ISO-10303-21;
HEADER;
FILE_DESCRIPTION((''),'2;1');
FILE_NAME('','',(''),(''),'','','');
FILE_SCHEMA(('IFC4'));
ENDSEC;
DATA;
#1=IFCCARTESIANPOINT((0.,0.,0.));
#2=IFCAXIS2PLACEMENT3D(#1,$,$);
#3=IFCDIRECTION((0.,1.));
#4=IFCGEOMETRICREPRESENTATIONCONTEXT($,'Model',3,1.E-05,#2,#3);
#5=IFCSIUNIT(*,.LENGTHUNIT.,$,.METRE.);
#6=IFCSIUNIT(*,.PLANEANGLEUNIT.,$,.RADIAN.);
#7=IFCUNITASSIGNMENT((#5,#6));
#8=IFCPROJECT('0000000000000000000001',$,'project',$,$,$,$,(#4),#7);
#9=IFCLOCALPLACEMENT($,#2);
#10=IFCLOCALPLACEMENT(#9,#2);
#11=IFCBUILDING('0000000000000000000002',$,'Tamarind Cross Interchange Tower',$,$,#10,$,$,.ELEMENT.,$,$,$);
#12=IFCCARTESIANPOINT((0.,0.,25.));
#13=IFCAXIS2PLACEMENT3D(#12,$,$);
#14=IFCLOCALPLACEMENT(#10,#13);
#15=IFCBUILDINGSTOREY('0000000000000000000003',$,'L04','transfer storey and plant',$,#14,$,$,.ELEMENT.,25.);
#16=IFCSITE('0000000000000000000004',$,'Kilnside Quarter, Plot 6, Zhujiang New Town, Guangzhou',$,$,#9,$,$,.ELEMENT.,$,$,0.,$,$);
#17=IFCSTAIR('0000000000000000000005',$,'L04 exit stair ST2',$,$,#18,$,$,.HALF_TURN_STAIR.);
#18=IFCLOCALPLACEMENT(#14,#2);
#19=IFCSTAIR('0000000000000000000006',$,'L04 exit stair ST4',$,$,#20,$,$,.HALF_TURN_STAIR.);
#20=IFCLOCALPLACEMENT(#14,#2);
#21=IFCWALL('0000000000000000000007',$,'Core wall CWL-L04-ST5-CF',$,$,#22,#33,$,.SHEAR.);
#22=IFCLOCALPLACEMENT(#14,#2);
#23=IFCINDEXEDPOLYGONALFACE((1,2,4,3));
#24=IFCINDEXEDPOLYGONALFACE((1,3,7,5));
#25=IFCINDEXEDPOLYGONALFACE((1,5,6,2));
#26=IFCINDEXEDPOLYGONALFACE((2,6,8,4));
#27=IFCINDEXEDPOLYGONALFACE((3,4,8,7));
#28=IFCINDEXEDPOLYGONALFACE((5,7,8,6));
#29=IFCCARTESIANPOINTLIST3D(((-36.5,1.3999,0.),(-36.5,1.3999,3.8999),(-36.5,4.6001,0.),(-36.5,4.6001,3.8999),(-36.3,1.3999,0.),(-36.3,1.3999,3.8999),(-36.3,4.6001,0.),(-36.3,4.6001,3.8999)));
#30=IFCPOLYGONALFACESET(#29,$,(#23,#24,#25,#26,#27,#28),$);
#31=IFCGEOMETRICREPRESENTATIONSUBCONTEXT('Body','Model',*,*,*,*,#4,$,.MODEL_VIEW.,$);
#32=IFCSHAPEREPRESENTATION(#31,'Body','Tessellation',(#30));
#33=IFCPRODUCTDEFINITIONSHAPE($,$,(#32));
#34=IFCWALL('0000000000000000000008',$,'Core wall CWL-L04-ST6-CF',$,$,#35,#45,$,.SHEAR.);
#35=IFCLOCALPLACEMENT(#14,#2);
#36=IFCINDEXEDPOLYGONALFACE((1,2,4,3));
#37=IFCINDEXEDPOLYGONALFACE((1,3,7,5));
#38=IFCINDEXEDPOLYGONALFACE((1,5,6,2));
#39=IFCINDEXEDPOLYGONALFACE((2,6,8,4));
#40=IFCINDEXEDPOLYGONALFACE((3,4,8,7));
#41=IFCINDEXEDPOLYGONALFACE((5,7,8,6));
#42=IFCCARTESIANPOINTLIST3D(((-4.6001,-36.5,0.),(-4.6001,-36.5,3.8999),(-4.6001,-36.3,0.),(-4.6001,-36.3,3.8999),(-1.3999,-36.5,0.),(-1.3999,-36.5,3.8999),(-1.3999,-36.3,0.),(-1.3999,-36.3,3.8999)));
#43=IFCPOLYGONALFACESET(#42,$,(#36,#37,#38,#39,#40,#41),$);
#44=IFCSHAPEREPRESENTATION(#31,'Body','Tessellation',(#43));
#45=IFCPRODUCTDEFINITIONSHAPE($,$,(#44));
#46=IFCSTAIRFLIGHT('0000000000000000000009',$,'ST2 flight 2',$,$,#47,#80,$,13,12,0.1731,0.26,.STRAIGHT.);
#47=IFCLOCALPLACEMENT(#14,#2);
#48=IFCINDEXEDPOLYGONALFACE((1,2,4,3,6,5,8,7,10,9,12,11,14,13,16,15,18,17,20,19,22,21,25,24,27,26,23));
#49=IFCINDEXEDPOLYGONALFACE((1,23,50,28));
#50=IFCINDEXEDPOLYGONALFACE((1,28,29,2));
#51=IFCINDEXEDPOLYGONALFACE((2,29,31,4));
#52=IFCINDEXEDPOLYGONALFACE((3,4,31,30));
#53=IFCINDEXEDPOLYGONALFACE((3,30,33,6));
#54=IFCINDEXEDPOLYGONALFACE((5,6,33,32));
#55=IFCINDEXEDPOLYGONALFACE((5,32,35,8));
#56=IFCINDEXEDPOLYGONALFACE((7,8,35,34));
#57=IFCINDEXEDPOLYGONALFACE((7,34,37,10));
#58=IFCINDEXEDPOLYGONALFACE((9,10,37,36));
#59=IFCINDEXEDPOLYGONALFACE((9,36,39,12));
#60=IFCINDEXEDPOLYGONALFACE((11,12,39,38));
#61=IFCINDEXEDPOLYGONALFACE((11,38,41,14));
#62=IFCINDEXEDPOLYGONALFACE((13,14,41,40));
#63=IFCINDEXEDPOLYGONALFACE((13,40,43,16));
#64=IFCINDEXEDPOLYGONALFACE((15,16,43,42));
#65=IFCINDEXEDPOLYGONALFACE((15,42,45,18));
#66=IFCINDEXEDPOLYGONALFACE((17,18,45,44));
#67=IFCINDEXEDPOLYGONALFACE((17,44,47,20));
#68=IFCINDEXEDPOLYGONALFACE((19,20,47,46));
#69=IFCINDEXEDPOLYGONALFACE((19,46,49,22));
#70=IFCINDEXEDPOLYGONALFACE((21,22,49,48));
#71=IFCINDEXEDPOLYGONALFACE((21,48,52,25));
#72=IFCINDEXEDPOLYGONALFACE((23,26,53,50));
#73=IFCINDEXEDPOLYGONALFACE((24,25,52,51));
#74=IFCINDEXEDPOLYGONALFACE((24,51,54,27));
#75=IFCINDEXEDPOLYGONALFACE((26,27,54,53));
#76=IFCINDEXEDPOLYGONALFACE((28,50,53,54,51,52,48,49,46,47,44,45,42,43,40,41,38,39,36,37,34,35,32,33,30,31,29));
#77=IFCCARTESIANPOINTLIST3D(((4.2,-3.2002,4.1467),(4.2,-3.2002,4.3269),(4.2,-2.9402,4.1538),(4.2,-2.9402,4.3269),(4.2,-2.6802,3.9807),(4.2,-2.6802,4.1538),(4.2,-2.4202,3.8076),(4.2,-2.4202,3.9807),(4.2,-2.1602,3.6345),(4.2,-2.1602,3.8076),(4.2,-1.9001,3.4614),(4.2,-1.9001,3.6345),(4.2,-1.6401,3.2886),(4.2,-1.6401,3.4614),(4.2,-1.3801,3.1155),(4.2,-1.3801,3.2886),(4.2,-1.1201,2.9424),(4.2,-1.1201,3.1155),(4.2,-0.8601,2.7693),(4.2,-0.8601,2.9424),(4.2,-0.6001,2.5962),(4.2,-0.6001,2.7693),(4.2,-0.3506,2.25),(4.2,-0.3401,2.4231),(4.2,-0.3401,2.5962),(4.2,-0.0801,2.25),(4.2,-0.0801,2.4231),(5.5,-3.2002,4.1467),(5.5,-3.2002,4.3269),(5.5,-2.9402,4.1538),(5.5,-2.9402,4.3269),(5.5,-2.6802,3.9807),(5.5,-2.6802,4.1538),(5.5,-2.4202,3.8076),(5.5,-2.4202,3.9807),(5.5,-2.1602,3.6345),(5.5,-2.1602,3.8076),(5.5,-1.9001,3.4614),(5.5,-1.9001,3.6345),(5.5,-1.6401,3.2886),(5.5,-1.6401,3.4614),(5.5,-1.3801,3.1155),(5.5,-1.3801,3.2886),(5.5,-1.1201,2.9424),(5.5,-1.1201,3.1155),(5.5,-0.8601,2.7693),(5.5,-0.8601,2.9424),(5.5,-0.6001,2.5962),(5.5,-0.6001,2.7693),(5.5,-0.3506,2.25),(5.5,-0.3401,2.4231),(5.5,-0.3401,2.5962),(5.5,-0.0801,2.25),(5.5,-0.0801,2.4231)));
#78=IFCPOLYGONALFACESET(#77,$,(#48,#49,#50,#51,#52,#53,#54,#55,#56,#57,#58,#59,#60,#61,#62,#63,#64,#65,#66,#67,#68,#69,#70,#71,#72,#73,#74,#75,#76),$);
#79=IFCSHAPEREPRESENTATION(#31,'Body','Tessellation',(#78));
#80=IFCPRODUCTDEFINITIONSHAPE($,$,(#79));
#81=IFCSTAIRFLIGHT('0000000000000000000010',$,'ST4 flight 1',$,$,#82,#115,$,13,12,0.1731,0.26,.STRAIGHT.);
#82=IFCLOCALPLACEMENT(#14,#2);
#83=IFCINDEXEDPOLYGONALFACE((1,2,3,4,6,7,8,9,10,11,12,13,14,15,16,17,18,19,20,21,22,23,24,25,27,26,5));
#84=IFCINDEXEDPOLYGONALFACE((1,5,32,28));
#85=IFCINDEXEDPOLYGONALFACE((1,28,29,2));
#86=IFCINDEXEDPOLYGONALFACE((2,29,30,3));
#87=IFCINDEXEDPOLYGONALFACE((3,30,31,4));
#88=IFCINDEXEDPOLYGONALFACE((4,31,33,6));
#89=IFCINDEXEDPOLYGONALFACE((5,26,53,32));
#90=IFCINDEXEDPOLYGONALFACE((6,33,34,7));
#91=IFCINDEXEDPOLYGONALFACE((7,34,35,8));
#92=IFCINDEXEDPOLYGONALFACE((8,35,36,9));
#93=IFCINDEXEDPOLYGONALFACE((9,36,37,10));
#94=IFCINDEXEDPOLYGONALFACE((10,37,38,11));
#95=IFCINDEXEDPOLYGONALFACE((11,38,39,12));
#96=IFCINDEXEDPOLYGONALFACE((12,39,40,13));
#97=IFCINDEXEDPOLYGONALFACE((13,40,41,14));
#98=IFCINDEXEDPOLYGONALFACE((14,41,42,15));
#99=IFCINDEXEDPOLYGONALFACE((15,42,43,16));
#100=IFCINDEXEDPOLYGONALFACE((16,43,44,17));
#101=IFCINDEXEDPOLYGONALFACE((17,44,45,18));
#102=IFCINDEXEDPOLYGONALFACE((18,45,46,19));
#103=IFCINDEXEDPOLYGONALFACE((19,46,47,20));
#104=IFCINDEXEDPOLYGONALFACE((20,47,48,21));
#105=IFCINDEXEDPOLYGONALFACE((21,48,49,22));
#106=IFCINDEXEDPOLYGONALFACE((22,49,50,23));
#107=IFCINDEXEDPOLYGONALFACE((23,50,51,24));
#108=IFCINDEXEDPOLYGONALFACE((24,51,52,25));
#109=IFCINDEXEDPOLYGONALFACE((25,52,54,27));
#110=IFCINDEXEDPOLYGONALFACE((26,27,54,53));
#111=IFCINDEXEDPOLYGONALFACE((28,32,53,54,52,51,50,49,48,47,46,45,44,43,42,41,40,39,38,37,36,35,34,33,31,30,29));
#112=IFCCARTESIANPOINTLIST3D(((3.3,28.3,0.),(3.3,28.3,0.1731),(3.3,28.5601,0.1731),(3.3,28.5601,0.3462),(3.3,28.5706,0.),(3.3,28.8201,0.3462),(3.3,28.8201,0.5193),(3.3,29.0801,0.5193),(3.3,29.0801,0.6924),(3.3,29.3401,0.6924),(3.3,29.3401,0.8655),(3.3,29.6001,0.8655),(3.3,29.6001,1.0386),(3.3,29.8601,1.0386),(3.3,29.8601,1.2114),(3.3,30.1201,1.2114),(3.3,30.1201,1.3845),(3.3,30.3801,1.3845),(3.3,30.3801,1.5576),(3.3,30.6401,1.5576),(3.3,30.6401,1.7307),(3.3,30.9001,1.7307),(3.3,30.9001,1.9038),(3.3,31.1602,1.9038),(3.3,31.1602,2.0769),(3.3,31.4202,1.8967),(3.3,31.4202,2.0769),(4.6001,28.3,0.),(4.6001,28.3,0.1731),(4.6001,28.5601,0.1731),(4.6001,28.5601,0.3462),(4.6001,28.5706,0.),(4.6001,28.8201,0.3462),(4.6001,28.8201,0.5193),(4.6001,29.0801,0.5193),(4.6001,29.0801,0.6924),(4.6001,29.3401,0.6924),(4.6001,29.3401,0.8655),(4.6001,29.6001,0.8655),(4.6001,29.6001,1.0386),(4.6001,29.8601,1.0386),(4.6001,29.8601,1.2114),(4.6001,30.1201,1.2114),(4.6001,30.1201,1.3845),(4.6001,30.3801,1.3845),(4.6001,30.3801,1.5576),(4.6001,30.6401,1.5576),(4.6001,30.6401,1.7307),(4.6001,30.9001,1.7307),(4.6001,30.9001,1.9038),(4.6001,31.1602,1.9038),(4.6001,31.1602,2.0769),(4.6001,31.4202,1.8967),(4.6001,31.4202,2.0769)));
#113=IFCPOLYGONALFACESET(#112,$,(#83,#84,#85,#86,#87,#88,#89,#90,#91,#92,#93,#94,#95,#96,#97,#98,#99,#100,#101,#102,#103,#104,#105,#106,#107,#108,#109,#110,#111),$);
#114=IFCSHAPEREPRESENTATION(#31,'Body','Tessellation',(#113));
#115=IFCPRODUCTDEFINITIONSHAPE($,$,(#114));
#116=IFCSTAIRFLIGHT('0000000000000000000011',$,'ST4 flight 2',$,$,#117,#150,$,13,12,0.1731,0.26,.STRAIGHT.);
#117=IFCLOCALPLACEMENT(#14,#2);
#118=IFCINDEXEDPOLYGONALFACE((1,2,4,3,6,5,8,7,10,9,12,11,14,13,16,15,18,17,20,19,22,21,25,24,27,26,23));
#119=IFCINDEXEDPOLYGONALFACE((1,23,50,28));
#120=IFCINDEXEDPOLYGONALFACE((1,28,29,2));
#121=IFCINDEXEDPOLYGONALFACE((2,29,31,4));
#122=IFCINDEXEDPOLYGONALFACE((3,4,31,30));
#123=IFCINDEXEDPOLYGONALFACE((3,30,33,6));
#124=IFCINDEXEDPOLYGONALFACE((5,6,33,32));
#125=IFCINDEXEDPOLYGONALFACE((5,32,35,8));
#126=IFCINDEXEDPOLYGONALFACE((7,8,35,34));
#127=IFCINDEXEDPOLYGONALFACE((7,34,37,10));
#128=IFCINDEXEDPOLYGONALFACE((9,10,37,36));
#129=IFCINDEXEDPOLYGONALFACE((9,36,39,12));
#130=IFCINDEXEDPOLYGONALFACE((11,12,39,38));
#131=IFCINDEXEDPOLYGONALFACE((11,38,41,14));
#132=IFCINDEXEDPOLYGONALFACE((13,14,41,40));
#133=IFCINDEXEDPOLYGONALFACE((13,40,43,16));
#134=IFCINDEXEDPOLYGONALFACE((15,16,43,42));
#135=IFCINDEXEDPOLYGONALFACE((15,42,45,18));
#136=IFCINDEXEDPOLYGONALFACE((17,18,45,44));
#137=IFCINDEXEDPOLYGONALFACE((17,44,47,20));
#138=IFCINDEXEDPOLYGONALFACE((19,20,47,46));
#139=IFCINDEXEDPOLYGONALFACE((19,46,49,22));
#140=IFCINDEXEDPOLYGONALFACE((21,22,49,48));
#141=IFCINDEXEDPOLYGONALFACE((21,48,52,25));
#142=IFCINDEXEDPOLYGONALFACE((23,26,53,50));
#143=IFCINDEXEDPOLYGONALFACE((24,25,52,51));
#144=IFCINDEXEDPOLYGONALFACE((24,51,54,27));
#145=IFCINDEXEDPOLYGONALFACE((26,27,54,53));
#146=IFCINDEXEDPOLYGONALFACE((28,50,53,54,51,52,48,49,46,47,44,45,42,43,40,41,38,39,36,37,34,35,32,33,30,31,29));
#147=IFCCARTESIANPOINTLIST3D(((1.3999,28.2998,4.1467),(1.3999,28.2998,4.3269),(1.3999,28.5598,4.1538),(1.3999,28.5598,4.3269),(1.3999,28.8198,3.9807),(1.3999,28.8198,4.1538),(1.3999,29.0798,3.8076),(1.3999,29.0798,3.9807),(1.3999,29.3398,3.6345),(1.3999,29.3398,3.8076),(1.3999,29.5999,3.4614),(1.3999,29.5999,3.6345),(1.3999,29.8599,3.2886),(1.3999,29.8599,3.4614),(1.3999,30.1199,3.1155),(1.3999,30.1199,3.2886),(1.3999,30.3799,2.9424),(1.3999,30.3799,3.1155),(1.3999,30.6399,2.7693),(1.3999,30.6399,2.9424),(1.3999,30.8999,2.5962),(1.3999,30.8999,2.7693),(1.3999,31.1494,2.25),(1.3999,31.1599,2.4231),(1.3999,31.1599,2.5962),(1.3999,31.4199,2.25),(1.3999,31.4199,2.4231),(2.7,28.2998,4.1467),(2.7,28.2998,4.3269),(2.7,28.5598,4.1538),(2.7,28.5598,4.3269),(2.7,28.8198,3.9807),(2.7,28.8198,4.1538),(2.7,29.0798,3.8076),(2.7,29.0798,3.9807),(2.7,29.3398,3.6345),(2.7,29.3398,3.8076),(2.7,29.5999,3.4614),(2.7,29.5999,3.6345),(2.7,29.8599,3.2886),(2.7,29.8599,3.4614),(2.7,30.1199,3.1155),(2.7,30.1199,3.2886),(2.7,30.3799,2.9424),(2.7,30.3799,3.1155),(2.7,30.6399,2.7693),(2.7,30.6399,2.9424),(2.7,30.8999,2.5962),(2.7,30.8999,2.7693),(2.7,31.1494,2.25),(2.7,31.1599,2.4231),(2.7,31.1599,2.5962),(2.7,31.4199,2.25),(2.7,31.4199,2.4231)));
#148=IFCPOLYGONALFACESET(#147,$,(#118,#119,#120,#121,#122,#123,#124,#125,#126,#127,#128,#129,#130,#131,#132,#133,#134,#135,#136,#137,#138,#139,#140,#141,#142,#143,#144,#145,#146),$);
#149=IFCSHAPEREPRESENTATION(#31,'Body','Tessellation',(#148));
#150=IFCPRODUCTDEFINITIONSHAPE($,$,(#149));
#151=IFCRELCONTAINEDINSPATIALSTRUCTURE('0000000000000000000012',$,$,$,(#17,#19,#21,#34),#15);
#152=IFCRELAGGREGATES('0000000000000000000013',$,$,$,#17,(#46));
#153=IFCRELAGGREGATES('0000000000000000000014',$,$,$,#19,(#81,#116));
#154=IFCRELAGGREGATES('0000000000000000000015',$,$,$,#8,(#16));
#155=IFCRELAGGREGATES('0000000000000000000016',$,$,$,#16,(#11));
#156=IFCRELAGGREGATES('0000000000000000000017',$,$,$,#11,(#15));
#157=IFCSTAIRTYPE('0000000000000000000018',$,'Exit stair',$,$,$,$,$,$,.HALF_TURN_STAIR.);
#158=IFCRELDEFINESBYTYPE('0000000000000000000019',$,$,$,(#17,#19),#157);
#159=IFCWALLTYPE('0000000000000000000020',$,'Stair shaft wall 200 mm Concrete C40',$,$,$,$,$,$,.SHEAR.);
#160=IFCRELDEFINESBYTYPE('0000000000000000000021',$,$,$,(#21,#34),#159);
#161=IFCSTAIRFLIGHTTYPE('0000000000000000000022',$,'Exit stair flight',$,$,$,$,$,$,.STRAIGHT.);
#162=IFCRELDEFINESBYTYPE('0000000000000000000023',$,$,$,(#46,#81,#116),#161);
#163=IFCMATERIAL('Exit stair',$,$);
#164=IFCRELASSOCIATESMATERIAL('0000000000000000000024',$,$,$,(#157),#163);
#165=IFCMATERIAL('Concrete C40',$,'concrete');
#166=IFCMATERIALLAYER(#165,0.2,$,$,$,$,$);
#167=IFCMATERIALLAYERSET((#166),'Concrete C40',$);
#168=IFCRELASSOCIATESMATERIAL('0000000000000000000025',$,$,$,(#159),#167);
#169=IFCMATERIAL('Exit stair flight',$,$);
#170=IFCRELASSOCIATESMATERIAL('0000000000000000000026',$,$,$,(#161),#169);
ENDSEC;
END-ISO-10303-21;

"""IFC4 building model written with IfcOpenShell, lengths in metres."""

from ifc_helpers import new_model, si_unit, direction, frame, origin, place, context, subcontext, project, spatial, polyline, outline, extrude, material, layer, layer_set, type_object, element, aggregate, save


model = new_model("IFC4")

# Units and contexts
model_context = context("Model", 3, precision=1e-05, world=origin(), true_north=direction((0.0, 1.0)))
body_context = subcontext(model_context, "Body", "Model", "MODEL_VIEW")
ifc_project = project(units=[si_unit("LENGTHUNIT", "METRE"), si_unit("PLANEANGLEUNIT", "RADIAN")], contexts=[model_context])

# Site, building, storey
site_placement = place(None, origin())
site = spatial("IfcSite", under=ifc_project, at=site_placement, Name="Kilnside Quarter, Plot 6, Zhujiang New Town, Guangzhou", CompositionType="ELEMENT", RefElevation=0.0)
building_placement = place(site_placement, origin())
building = spatial("IfcBuilding", under=site, at=building_placement, Name="Tamarind Cross Interchange Tower", CompositionType="ELEMENT")
storey_placement = place(building_placement, frame((0.0, 0.0, 25.0)))
storey = spatial("IfcBuildingStorey", under=building, at=storey_placement, Name="L04", Description="transfer storey and plant", CompositionType="ELEMENT", Elevation=25.0)

# Stairs
ifc_material_1 = material(Name="Exit stair")
stair_type = type_object("IfcStairType", Name="Exit stair", PredefinedType="HALF_TURN_STAIR", material=ifc_material_1)
stair_1_placement = place(storey_placement, origin())
stair_1 = element("IfcStair", 1, at=stair_1_placement, inside=storey, type_object=stair_type, Name="L04 exit stair ST2", PredefinedType="HALF_TURN_STAIR")
ifc_material_2 = material(Name="Concrete C40", Category="concrete")
stair_2_placement = place(storey_placement, origin())
stair_2 = element("IfcStair", 2, at=stair_2_placement, inside=storey, type_object=stair_type, Name="L04 exit stair ST4", PredefinedType="HALF_TURN_STAIR")

# Shared definitions
ifc_layer_1 = layer(ifc_material_2, 0.2)
ifc_layer_set_1 = layer_set([ifc_layer_1], Name="Concrete C40")
wall_type_1 = type_object("IfcWallType", Name="Stair shaft wall 200 mm Concrete C40", PredefinedType="SHEAR", material=ifc_layer_set_1)

# Walls
wall_1_placement = place(storey_placement, origin())
element("IfcWall", 3, at=wall_1_placement, inside=storey, type_object=wall_type_1, Name="Core wall CWL-L04-ST5-CF", PredefinedType="SHEAR", context=body_context, shape_type="SweptSolid", body=[
    extrude(outline(polyline([(-36.3, 4.6001), (-36.5, 4.6001), (-36.5, 1.3999), (-36.3, 1.3999), (-36.3, 4.6001)])), origin(), (0.0, 0.0, 1.0), 3.8999),
])
wall_2_placement = place(storey_placement, origin())
element("IfcWall", 4, at=wall_2_placement, inside=storey, type_object=wall_type_1, Name="Core wall CWL-L04-ST6-CF", PredefinedType="SHEAR", context=body_context, shape_type="SweptSolid", body=[
    extrude(outline(polyline([(-4.6001, -36.3), (-4.6001, -36.5), (-1.3999, -36.5), (-1.3999, -36.3), (-4.6001, -36.3)])), origin(), (0.0, 0.0, 1.0), 3.8999),
])

# Stair flights
ifc_material_3 = material(Name="Exit stair flight")
stair_flight_type = type_object("IfcStairFlightType", Name="Exit stair flight", PredefinedType="STRAIGHT", material=ifc_material_3)
stair_flight_1_placement = place(storey_placement, frame((4.8501, -0.0801, 2.25), z_axis=(0.0, 0.0, 1.0), x_axis=(0.0, -1.0, 0.0)))
stair_flight_1 = element("IfcStairFlight", 5, at=stair_flight_1_placement, type_object=stair_flight_type, Name="ST2 flight 2", NumberOfRisers=13, NumberOfTreads=12, PredefinedType="STRAIGHT", RiserHeight=0.1731, TreadLength=0.26, context=body_context, shape_type="SweptSolid", body=[
    extrude(outline(polyline([(0.0, 0.0), (0.0, 0.1731), (0.26, 0.1731), (0.26, 0.3462), (0.52, 0.3462), (0.52, 0.5193), (0.78, 0.5193), (0.78, 0.6924), (1.04, 0.6924), (1.04, 0.8655), (1.3, 0.8655), (1.3, 1.0386), (1.5601, 1.0386), (1.5601, 1.2114), (1.8201, 1.2114), (1.8201, 1.3845), (2.0801, 1.3845), (2.0801, 1.5576), (2.3401, 1.5576), (2.3401, 1.7307), (2.6001, 1.7307), (2.6001, 1.9038), (2.8601, 1.9038), (2.8601, 2.0769), (3.1201, 2.0769), (3.1201, 2.25), (3.1201, 1.8967), (0.2705, 0.0), (0.0, 0.0)])), frame((0.0, 0.6499, 0.0), z_axis=(0.0, -1.0, 0.0), x_axis=(1.0, 0.0, 0.0)), (0.0, 0.0, 1.0), 1.3),
])
aggregate(stair_1, [stair_flight_1])
stair_flight_2_placement = place(storey_placement, frame((3.95, 28.3, 0.0), z_axis=(0.0, 0.0, 1.0), x_axis=(0.0, 1.0, 0.0)))
stair_flight_2 = element("IfcStairFlight", 6, at=stair_flight_2_placement, type_object=stair_flight_type, Name="ST4 flight 1", NumberOfRisers=13, NumberOfTreads=12, PredefinedType="STRAIGHT", RiserHeight=0.1731, TreadLength=0.26, context=body_context, shape_type="SweptSolid", body=[
    extrude(outline(polyline([(0.0, 0.0), (0.0, 0.1731), (0.26, 0.1731), (0.26, 0.3462), (0.52, 0.3462), (0.52, 0.5193), (0.78, 0.5193), (0.78, 0.6924), (1.04, 0.6924), (1.04, 0.8655), (1.3, 0.8655), (1.3, 1.0386), (1.5601, 1.0386), (1.5601, 1.2114), (1.8201, 1.2114), (1.8201, 1.3845), (2.0801, 1.3845), (2.0801, 1.5576), (2.3401, 1.5576), (2.3401, 1.7307), (2.6001, 1.7307), (2.6001, 1.9038), (2.8601, 1.9038), (2.8601, 2.0769), (3.1201, 2.0769), (3.1201, 2.25), (3.1201, 1.8967), (0.2705, 0.0), (0.0, 0.0)])), frame((0.0, 0.6499, 0.0), z_axis=(0.0, -1.0, 0.0), x_axis=(1.0, 0.0, 0.0)), (0.0, 0.0, 1.0), 1.3),
])
stair_flight_3_placement = place(storey_placement, frame((2.05, 31.4199, 2.25), z_axis=(0.0, 0.0, 1.0), x_axis=(0.0, -1.0, 0.0)))
stair_flight_3 = element("IfcStairFlight", 7, at=stair_flight_3_placement, type_object=stair_flight_type, Name="ST4 flight 2", NumberOfRisers=13, NumberOfTreads=12, PredefinedType="STRAIGHT", RiserHeight=0.1731, TreadLength=0.26, context=body_context, shape_type="SweptSolid", body=[
    extrude(outline(polyline([(0.0, 0.0), (0.0, 0.1731), (0.26, 0.1731), (0.26, 0.3462), (0.52, 0.3462), (0.52, 0.5193), (0.78, 0.5193), (0.78, 0.6924), (1.04, 0.6924), (1.04, 0.8655), (1.3, 0.8655), (1.3, 1.0386), (1.5601, 1.0386), (1.5601, 1.2114), (1.8201, 1.2114), (1.8201, 1.3845), (2.0801, 1.3845), (2.0801, 1.5576), (2.3401, 1.5576), (2.3401, 1.7307), (2.6001, 1.7307), (2.6001, 1.9038), (2.8601, 1.9038), (2.8601, 2.0769), (3.1201, 2.0769), (3.1201, 2.25), (3.1201, 1.8967), (0.2705, 0.0), (0.0, 0.0)])), frame((0.0, 0.6499, 0.0), z_axis=(0.0, -1.0, 0.0), x_axis=(1.0, 0.0, 0.0)), (0.0, 0.0, 1.0), 1.3),
])
aggregate(stair_2, [stair_flight_2, stair_flight_3])

save(model, "model.ifc")
